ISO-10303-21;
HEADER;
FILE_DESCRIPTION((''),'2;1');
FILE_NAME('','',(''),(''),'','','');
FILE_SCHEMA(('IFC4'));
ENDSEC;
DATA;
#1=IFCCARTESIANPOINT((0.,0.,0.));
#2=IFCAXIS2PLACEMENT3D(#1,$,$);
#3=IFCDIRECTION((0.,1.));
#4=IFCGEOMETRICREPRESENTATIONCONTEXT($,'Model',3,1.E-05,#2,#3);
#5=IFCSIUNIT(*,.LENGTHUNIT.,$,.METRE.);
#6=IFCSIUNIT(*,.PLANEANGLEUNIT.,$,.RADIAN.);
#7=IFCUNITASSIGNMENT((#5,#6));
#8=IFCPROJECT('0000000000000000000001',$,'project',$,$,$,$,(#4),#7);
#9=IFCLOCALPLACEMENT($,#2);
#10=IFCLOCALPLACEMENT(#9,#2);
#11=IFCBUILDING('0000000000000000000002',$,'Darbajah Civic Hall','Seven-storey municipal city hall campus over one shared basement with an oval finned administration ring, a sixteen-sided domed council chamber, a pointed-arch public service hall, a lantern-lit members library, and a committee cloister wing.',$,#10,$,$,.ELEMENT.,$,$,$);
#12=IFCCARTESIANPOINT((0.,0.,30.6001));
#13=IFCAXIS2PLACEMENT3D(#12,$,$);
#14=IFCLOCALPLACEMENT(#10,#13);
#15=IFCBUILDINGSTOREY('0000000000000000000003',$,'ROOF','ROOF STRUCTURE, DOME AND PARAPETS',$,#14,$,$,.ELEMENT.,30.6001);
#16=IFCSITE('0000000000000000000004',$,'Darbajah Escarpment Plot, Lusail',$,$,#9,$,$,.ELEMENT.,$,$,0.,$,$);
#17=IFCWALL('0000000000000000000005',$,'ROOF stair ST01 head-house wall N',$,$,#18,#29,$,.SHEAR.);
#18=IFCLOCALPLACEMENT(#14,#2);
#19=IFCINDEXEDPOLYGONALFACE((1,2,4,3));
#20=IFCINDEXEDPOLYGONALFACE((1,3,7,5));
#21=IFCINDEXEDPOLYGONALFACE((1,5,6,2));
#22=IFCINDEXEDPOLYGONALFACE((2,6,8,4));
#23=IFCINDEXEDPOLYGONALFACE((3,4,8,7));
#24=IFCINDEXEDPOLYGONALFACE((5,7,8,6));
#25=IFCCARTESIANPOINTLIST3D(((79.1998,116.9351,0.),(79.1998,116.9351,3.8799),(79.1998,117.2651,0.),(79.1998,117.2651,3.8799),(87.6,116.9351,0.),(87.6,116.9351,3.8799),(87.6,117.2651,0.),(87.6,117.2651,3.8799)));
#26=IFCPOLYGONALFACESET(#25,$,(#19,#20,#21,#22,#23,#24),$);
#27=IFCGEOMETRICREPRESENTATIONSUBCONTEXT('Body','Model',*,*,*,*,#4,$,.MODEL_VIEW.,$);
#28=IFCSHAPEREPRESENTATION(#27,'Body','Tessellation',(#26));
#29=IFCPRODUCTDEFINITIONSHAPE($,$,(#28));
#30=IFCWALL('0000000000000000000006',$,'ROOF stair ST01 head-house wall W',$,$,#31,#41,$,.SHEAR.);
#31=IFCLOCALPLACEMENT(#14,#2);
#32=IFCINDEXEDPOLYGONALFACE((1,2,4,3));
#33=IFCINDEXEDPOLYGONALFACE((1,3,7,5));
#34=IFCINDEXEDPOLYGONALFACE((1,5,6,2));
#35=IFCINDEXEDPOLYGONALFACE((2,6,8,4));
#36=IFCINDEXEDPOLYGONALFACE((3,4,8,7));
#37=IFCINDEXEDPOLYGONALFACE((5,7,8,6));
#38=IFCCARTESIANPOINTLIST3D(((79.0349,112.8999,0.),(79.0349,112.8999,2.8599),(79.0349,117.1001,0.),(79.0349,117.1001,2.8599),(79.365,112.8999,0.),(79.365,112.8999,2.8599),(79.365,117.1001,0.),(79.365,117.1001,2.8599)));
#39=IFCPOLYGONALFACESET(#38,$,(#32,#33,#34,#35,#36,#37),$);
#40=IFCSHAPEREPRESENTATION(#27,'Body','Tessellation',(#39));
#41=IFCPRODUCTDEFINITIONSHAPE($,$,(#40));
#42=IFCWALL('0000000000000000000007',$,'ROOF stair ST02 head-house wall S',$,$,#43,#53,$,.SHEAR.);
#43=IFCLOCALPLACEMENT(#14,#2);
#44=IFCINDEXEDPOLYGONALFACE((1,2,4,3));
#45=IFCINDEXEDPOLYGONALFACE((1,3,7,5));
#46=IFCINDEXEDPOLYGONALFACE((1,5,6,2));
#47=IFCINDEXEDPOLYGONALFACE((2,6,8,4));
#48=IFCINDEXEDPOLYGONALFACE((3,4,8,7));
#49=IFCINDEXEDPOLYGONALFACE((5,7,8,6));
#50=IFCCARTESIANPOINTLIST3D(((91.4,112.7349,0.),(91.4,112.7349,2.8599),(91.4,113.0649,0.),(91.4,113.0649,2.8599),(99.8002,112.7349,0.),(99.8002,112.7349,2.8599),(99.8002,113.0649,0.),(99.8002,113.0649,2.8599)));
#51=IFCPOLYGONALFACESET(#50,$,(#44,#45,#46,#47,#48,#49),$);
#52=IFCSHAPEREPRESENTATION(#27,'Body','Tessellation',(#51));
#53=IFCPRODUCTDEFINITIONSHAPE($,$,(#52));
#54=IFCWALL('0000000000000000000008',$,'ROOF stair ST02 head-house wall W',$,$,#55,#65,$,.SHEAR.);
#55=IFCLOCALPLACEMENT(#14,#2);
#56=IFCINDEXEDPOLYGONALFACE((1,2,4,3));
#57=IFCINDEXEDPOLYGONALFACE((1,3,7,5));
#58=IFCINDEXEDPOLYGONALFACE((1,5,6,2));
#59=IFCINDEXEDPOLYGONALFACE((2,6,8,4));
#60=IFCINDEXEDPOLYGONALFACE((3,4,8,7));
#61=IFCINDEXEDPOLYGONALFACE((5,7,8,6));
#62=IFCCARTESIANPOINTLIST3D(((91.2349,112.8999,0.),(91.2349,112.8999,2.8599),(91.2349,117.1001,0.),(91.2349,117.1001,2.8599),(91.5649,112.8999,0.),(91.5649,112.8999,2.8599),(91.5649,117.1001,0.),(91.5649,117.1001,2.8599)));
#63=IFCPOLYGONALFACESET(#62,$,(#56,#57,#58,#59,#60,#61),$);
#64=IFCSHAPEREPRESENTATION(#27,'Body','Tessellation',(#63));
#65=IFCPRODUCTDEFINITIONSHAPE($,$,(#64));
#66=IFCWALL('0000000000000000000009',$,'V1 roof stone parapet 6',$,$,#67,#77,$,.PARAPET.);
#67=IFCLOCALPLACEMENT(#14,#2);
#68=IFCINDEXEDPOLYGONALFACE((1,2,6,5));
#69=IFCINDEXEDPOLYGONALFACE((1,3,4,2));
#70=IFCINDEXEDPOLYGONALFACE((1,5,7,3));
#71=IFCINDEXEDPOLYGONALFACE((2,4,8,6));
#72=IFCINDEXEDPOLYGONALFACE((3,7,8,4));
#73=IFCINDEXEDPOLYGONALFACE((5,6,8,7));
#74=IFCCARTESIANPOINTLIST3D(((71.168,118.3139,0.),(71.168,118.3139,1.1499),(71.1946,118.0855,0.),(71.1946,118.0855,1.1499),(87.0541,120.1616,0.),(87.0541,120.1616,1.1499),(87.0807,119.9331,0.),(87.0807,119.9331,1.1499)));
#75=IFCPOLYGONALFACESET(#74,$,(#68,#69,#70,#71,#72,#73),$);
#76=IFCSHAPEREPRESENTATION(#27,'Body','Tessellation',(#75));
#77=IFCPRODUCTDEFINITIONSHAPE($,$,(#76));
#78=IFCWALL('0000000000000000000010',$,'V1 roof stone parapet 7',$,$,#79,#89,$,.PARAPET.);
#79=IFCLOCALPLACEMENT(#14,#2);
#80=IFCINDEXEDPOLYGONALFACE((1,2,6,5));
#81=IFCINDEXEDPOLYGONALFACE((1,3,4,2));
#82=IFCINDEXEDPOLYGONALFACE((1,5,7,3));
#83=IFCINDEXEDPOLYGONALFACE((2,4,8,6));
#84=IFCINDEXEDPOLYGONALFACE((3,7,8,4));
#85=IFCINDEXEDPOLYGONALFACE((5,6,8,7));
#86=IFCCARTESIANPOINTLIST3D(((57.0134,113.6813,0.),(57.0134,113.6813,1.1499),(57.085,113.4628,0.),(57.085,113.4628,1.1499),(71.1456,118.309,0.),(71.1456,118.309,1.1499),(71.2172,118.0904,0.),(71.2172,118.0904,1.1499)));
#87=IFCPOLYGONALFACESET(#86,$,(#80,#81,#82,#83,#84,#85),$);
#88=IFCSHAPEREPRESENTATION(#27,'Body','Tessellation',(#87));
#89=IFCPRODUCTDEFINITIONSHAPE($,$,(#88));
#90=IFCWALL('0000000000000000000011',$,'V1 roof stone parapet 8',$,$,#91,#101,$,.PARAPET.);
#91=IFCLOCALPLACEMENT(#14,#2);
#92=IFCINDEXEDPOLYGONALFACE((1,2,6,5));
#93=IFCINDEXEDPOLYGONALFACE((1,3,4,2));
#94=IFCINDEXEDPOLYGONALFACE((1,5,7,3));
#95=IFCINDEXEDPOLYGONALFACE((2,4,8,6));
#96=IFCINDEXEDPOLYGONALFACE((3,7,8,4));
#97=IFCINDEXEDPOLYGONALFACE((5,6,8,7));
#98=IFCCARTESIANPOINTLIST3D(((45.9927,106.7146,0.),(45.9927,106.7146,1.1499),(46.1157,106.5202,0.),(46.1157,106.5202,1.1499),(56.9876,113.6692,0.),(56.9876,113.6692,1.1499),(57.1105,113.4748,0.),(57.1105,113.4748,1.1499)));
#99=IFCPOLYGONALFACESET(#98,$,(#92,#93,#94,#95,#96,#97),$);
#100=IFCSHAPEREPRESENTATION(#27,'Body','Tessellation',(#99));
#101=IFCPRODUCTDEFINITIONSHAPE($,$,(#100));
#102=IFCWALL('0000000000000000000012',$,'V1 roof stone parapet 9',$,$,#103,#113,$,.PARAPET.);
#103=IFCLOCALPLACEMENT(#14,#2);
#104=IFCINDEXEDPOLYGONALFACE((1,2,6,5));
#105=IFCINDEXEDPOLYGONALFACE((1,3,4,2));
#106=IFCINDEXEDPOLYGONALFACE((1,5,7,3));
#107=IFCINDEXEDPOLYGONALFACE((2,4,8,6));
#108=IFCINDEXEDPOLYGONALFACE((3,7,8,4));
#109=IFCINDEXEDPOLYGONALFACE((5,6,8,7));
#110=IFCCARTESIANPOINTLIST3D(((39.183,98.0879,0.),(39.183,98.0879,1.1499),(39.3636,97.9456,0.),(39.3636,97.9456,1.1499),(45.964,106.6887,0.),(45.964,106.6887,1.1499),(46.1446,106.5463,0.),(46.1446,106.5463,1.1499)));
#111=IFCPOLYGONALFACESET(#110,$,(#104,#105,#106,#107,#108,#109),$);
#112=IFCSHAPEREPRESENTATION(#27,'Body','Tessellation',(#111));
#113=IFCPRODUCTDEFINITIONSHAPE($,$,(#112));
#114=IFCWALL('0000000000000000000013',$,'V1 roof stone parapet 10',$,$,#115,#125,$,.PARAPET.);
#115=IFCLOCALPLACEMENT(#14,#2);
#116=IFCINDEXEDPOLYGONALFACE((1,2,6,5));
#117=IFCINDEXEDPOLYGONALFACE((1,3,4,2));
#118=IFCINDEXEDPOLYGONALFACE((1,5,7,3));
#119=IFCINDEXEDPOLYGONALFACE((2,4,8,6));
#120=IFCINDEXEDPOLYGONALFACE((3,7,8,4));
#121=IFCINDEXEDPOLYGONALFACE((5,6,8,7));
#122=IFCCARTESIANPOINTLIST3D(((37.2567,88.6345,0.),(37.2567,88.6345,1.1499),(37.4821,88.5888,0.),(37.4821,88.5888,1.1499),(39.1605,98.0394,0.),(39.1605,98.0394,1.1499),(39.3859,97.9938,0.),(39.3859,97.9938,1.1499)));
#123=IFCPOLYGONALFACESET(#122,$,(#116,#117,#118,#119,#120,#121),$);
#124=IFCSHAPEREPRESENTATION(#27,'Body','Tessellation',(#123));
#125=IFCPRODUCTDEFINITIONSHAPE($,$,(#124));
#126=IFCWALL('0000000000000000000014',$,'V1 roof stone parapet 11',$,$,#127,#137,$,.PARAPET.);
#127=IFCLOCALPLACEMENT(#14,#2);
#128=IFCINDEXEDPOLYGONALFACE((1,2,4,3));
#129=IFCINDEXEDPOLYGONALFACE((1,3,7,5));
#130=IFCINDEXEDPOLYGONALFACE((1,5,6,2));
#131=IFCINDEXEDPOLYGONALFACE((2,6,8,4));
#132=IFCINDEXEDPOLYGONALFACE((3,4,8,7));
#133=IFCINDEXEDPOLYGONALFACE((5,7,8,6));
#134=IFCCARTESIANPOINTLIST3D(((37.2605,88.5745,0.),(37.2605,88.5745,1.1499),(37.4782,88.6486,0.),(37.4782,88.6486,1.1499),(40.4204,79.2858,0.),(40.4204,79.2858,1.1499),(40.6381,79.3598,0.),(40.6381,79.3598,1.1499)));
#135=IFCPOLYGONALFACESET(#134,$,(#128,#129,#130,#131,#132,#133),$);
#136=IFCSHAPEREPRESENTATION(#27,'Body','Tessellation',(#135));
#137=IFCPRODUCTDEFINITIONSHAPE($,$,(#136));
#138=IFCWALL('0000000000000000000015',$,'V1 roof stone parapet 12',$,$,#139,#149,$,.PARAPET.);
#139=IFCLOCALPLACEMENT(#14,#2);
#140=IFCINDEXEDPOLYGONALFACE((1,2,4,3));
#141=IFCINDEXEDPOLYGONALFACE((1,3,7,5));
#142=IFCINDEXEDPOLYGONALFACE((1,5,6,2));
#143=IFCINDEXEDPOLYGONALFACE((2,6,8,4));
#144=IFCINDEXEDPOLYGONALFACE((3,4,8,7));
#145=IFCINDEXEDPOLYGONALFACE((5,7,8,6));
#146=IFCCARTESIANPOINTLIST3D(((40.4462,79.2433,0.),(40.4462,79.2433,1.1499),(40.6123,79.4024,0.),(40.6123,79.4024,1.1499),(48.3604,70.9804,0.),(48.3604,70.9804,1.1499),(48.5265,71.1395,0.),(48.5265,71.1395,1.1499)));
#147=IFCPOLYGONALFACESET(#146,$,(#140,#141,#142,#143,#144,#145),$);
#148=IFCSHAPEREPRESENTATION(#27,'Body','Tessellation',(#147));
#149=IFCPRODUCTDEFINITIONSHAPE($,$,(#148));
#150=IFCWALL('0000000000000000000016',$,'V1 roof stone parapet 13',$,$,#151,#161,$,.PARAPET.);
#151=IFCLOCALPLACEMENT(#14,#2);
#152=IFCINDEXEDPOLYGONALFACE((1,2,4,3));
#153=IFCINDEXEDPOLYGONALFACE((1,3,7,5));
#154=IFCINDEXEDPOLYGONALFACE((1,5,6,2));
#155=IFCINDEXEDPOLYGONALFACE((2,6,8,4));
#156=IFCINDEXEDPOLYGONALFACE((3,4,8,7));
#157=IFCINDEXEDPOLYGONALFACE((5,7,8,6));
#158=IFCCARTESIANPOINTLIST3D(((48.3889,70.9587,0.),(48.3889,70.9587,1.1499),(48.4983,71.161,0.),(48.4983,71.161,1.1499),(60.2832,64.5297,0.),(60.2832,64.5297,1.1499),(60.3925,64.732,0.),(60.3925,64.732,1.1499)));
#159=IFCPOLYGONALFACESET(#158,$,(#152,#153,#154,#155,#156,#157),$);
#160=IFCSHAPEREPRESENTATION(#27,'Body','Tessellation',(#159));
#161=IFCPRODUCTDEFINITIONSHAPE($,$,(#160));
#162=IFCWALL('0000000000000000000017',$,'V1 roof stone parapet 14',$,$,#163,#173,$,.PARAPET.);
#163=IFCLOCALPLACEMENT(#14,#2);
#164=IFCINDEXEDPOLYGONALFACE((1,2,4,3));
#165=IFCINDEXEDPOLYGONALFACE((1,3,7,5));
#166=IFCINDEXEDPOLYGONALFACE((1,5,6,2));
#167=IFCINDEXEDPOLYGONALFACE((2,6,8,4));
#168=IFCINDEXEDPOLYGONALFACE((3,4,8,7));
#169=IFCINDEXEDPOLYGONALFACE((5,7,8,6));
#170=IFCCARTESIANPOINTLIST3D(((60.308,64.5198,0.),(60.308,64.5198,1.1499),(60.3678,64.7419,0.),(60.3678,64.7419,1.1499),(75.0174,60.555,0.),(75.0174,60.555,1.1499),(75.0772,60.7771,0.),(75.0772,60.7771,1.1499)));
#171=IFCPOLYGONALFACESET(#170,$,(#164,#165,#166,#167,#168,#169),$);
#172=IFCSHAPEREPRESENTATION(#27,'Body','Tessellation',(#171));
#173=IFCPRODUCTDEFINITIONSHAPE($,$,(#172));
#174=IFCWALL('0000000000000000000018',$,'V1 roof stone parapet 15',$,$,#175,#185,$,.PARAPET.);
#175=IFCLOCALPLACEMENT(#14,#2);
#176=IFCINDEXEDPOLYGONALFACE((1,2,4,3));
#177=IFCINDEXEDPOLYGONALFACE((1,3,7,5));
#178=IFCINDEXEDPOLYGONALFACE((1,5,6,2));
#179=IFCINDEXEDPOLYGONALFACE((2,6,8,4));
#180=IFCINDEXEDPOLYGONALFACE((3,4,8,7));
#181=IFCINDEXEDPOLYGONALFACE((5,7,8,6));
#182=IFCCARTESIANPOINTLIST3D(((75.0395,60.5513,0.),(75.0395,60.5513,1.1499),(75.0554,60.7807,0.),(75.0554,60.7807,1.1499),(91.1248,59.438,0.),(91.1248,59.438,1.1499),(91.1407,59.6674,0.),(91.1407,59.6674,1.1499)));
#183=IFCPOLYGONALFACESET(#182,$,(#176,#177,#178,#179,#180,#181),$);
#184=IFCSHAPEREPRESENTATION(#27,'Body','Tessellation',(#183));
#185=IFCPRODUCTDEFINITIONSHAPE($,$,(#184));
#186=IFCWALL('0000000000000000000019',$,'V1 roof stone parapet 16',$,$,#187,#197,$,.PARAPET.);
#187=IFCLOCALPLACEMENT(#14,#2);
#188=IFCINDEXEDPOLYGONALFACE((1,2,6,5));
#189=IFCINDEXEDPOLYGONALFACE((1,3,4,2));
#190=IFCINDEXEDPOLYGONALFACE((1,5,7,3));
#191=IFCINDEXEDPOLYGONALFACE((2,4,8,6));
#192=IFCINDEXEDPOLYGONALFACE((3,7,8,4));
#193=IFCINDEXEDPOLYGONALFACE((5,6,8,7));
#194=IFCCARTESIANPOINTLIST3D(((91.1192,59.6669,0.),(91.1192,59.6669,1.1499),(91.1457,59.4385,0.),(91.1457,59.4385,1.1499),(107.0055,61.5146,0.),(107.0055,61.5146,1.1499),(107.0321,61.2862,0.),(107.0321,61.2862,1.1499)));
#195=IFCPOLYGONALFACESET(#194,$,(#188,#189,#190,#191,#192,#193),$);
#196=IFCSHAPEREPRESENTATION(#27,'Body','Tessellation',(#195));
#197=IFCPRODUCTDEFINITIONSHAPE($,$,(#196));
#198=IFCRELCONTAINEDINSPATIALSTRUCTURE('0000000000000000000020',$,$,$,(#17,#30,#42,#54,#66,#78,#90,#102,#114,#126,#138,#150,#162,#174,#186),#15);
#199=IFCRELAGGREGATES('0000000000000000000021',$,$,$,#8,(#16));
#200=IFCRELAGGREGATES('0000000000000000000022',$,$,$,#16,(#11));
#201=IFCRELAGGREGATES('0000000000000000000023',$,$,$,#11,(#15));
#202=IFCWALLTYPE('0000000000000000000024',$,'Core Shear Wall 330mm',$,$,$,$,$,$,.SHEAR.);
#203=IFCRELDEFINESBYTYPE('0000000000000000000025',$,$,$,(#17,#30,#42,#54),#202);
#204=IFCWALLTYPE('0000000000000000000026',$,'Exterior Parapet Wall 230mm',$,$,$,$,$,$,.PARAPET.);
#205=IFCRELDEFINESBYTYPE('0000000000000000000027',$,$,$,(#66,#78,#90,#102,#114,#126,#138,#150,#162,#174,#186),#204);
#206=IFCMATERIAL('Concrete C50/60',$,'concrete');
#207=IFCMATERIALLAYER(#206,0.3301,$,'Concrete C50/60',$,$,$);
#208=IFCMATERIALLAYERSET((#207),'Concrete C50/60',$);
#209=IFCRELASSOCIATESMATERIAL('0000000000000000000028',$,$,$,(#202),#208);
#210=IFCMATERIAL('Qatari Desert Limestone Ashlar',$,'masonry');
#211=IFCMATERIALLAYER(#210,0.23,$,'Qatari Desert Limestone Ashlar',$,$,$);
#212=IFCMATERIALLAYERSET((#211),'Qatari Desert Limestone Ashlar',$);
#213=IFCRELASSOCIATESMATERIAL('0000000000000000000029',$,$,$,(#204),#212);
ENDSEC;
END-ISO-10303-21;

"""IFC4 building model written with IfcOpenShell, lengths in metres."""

from ifc_helpers import new_model, si_unit, direction, frame, frame_2d, origin, place, context, subcontext, project, spatial, rectangle, extrude, material, layer, layer_set, type_object, element, save


model = new_model("IFC4")

# Units and contexts
model_context = context("Model", 3, precision=1e-05, world=origin(), true_north=direction((0.0, 1.0)))
body_context = subcontext(model_context, "Body", "Model", "MODEL_VIEW")
ifc_project = project(units=[si_unit("LENGTHUNIT", "METRE"), si_unit("PLANEANGLEUNIT", "RADIAN")], contexts=[model_context])

# Site, building, storey
site_placement = place(None, origin())
site = spatial("IfcSite", under=ifc_project, at=site_placement, Name="Darbajah Escarpment Plot, Lusail", CompositionType="ELEMENT", RefElevation=0.0)
building_placement = place(site_placement, origin())
building = spatial("IfcBuilding", under=site, at=building_placement, Name="Darbajah Civic Hall", Description="Seven-storey municipal city hall campus over one shared basement with an oval finned administration ring, a sixteen-sided domed council chamber, a pointed-arch public service hall, a lantern-lit members library, and a committee cloister wing.", CompositionType="ELEMENT")
storey_placement = place(building_placement, frame((0.0, 0.0, 30.6001)))
storey = spatial("IfcBuildingStorey", under=building, at=storey_placement, Name="ROOF", Description="ROOF STRUCTURE, DOME AND PARAPETS", CompositionType="ELEMENT", Elevation=30.6001)

# Walls
ifc_material_1 = material(Name="Concrete C50/60", Category="concrete")
ifc_layer_1 = layer(ifc_material_1, 0.3301, Name="Concrete C50/60")
ifc_layer_set_1 = layer_set([ifc_layer_1], Name="Concrete C50/60")
wall_type_1 = type_object("IfcWallType", Name="Core Shear Wall 330mm", PredefinedType="SHEAR", material=ifc_layer_set_1)
wall_1_placement = place(storey_placement, frame((87.6001, 117.1001, 0.0), z_axis=(0.0, 0.0, 1.0), x_axis=(-1.0, 0.0, 0.0)))
element("IfcWall", 1, at=wall_1_placement, inside=storey, type_object=wall_type_1, Name="ROOF stair ST01 head-house wall N", PredefinedType="SHEAR", context=body_context, shape_type="SweptSolid", body=[
    extrude(rectangle(XDim=8.4001, YDim=0.3301, at=frame_2d((4.2002, 0.0))), origin(), (0.0, 0.0, 1.0), 3.8799),
])
wall_2_placement = place(storey_placement, frame((79.2, 117.1001, 0.0), z_axis=(0.0, 0.0, 1.0), x_axis=(0.0, -1.0, 0.0)))
element("IfcWall", 2, at=wall_2_placement, inside=storey, type_object=wall_type_1, Name="ROOF stair ST01 head-house wall W", PredefinedType="SHEAR", context=body_context, shape_type="SweptSolid", body=[
    extrude(rectangle(XDim=4.2002, YDim=0.3301, at=frame_2d((2.1001, 0.0))), origin(), (0.0, 0.0, 1.0), 2.8599),
])
wall_3_placement = place(storey_placement, frame((91.3999, 112.8999, 0.0), z_axis=(0.0, 0.0, 1.0), x_axis=(1.0, 0.0, 0.0)))
element("IfcWall", 3, at=wall_3_placement, inside=storey, type_object=wall_type_1, Name="ROOF stair ST02 head-house wall S", PredefinedType="SHEAR", context=body_context, shape_type="SweptSolid", body=[
    extrude(rectangle(XDim=8.4001, YDim=0.3301, at=frame_2d((4.2002, 0.0))), origin(), (0.0, 0.0, 1.0), 2.8599),
])
wall_4_placement = place(storey_placement, frame((91.3999, 117.1001, 0.0), z_axis=(0.0, 0.0, 1.0), x_axis=(0.0, -1.0, 0.0)))
element("IfcWall", 4, at=wall_4_placement, inside=storey, type_object=wall_type_1, Name="ROOF stair ST02 head-house wall W", PredefinedType="SHEAR", context=body_context, shape_type="SweptSolid", body=[
    extrude(rectangle(XDim=4.2002, YDim=0.3301, at=frame_2d((2.1001, 0.0))), origin(), (0.0, 0.0, 1.0), 2.8599),
])
ifc_material_2 = material(Name="Qatari Desert Limestone Ashlar", Category="masonry")
ifc_layer_2 = layer(ifc_material_2, 0.23, Name="Qatari Desert Limestone Ashlar")
ifc_layer_set_2 = layer_set([ifc_layer_2], Name="Qatari Desert Limestone Ashlar")
wall_type_2 = type_object("IfcWallType", Name="Exterior Parapet Wall 230mm", PredefinedType="PARAPET", material=ifc_layer_set_2)
wall_5_placement = place(storey_placement, frame((87.0674, 120.0474, 0.0), z_axis=(0.0, 0.0, 1.0), x_axis=(-0.993304, -0.115529, 0.0)))
element("IfcWall", 5, at=wall_5_placement, inside=storey, type_object=wall_type_2, Name="V1 roof stone parapet 6", PredefinedType="PARAPET", context=body_context, shape_type="SweptSolid", body=[
    extrude(rectangle(XDim=15.9932, YDim=0.23, at=frame_2d((7.9966, 0.0))), origin(), (0.0, 0.0, 1.0), 1.1499),
])
wall_6_placement = place(storey_placement, frame((71.1814, 118.1997, 0.0), z_axis=(0.0, 0.0, 1.0), x_axis=(-0.950346, -0.311195, 0.0)))
element("IfcWall", 6, at=wall_6_placement, inside=storey, type_object=wall_type_2, Name="V1 roof stone parapet 7", PredefinedType="PARAPET", context=body_context, shape_type="SweptSolid", body=[
    extrude(rectangle(XDim=14.8706, YDim=0.23, at=frame_2d((7.4353, 0.0))), origin(), (0.0, 0.0, 1.0), 1.1499),
])
wall_7_placement = place(storey_placement, frame((57.0491, 113.572, 0.0), z_axis=(0.0, 0.0, 1.0), x_axis=(-0.845126, -0.534568, 0.0)))
element("IfcWall", 7, at=wall_7_placement, inside=storey, type_object=wall_type_2, Name="V1 roof stone parapet 8", PredefinedType="PARAPET", context=body_context, shape_type="SweptSolid", body=[
    extrude(rectangle(XDim=13.0098, YDim=0.23, at=frame_2d((6.5049, 0.0))), origin(), (0.0, 0.0, 1.0), 1.1499),
])
wall_8_placement = place(storey_placement, frame((46.0542, 106.6174, 0.0), z_axis=(0.0, 0.0, 1.0), x_axis=(-0.619131, -0.785288, 0.0)))
element("IfcWall", 8, at=wall_8_placement, inside=storey, type_object=wall_type_2, Name="V1 roof stone parapet 9", PredefinedType="PARAPET", context=body_context, shape_type="SweptSolid", body=[
    extrude(rectangle(XDim=10.9524, YDim=0.23, at=frame_2d((5.4761, 0.0))), origin(), (0.0, 0.0, 1.0), 1.1499),
])
wall_9_placement = place(storey_placement, frame((39.2732, 98.0166, 0.0), z_axis=(0.0, 0.0, 1.0), x_axis=(-0.198401, -0.980121, 0.0)))
element("IfcWall", 9, at=wall_9_placement, inside=storey, type_object=wall_type_2, Name="V1 roof stone parapet 10", PredefinedType="PARAPET", context=body_context, shape_type="SweptSolid", body=[
    extrude(rectangle(XDim=9.5957, YDim=0.23, at=frame_2d((4.7979, 0.0))), origin(), (0.0, 0.0, 1.0), 1.1499),
])
wall_10_placement = place(storey_placement, frame((37.3694, 88.6116, 0.0), z_axis=(0.0, 0.0, 1.0), x_axis=(0.322059, -0.946719, 0.0)))
element("IfcWall", 10, at=wall_10_placement, inside=storey, type_object=wall_type_2, Name="V1 roof stone parapet 11", PredefinedType="PARAPET", context=body_context, shape_type="SweptSolid", body=[
    extrude(rectangle(XDim=9.8115, YDim=0.23, at=frame_2d((4.9058, 0.0))), origin(), (0.0, 0.0, 1.0), 1.1499),
])
wall_11_placement = place(storey_placement, frame((40.5293, 79.3228, 0.0), z_axis=(0.0, 0.0, 1.0), x_axis=(0.691707, -0.722178, 0.0)))
element("IfcWall", 11, at=wall_11_placement, inside=storey, type_object=wall_type_2, Name="V1 roof stone parapet 12", PredefinedType="PARAPET", context=body_context, shape_type="SweptSolid", body=[
    extrude(rectangle(XDim=11.4417, YDim=0.23, at=frame_2d((5.7207, 0.0))), origin(), (0.0, 0.0, 1.0), 1.1499),
])
wall_12_placement = place(storey_placement, frame((48.4436, 71.0598, 0.0), z_axis=(0.0, 0.0, 1.0), x_axis=(0.879719, -0.475495, 0.0)))
element("IfcWall", 12, at=wall_12_placement, inside=storey, type_object=wall_type_2, Name="V1 roof stone parapet 13", PredefinedType="PARAPET", context=body_context, shape_type="SweptSolid", body=[
    extrude(rectangle(XDim=13.5205, YDim=0.23, at=frame_2d((6.7603, 0.0))), origin(), (0.0, 0.0, 1.0), 1.1499),
])
wall_13_placement = place(storey_placement, frame((60.3379, 64.6309, 0.0), z_axis=(0.0, 0.0, 1.0), x_axis=(0.96554, -0.260255, 0.0)))
element("IfcWall", 13, at=wall_13_placement, inside=storey, type_object=wall_type_2, Name="V1 roof stone parapet 14", PredefinedType="PARAPET", context=body_context, shape_type="SweptSolid", body=[
    extrude(rectangle(XDim=15.2344, YDim=0.23, at=frame_2d((7.6172, 0.0))), origin(), (0.0, 0.0, 1.0), 1.1499),
])
wall_14_placement = place(storey_placement, frame((75.0474, 60.666, 0.0), z_axis=(0.0, 0.0, 1.0), x_axis=(0.997613, -0.069046, 0.0)))
element("IfcWall", 14, at=wall_14_placement, inside=storey, type_object=wall_type_2, Name="V1 roof stone parapet 15", PredefinedType="PARAPET", context=body_context, shape_type="SweptSolid", body=[
    extrude(rectangle(XDim=16.1238, YDim=0.23, at=frame_2d((8.062, 0.0))), origin(), (0.0, 0.0, 1.0), 1.1499),
])
wall_15_placement = place(storey_placement, frame((91.1326, 59.5527, 0.0), z_axis=(0.0, 0.0, 1.0), x_axis=(0.993304, 0.115527, 0.0)))
element("IfcWall", 15, at=wall_15_placement, inside=storey, type_object=wall_type_2, Name="V1 roof stone parapet 16", PredefinedType="PARAPET", context=body_context, shape_type="SweptSolid", body=[
    extrude(rectangle(XDim=15.9934, YDim=0.23, at=frame_2d((7.9966, 0.0))), origin(), (0.0, 0.0, 1.0), 1.1499),
])

save(model, "model.ifc")
